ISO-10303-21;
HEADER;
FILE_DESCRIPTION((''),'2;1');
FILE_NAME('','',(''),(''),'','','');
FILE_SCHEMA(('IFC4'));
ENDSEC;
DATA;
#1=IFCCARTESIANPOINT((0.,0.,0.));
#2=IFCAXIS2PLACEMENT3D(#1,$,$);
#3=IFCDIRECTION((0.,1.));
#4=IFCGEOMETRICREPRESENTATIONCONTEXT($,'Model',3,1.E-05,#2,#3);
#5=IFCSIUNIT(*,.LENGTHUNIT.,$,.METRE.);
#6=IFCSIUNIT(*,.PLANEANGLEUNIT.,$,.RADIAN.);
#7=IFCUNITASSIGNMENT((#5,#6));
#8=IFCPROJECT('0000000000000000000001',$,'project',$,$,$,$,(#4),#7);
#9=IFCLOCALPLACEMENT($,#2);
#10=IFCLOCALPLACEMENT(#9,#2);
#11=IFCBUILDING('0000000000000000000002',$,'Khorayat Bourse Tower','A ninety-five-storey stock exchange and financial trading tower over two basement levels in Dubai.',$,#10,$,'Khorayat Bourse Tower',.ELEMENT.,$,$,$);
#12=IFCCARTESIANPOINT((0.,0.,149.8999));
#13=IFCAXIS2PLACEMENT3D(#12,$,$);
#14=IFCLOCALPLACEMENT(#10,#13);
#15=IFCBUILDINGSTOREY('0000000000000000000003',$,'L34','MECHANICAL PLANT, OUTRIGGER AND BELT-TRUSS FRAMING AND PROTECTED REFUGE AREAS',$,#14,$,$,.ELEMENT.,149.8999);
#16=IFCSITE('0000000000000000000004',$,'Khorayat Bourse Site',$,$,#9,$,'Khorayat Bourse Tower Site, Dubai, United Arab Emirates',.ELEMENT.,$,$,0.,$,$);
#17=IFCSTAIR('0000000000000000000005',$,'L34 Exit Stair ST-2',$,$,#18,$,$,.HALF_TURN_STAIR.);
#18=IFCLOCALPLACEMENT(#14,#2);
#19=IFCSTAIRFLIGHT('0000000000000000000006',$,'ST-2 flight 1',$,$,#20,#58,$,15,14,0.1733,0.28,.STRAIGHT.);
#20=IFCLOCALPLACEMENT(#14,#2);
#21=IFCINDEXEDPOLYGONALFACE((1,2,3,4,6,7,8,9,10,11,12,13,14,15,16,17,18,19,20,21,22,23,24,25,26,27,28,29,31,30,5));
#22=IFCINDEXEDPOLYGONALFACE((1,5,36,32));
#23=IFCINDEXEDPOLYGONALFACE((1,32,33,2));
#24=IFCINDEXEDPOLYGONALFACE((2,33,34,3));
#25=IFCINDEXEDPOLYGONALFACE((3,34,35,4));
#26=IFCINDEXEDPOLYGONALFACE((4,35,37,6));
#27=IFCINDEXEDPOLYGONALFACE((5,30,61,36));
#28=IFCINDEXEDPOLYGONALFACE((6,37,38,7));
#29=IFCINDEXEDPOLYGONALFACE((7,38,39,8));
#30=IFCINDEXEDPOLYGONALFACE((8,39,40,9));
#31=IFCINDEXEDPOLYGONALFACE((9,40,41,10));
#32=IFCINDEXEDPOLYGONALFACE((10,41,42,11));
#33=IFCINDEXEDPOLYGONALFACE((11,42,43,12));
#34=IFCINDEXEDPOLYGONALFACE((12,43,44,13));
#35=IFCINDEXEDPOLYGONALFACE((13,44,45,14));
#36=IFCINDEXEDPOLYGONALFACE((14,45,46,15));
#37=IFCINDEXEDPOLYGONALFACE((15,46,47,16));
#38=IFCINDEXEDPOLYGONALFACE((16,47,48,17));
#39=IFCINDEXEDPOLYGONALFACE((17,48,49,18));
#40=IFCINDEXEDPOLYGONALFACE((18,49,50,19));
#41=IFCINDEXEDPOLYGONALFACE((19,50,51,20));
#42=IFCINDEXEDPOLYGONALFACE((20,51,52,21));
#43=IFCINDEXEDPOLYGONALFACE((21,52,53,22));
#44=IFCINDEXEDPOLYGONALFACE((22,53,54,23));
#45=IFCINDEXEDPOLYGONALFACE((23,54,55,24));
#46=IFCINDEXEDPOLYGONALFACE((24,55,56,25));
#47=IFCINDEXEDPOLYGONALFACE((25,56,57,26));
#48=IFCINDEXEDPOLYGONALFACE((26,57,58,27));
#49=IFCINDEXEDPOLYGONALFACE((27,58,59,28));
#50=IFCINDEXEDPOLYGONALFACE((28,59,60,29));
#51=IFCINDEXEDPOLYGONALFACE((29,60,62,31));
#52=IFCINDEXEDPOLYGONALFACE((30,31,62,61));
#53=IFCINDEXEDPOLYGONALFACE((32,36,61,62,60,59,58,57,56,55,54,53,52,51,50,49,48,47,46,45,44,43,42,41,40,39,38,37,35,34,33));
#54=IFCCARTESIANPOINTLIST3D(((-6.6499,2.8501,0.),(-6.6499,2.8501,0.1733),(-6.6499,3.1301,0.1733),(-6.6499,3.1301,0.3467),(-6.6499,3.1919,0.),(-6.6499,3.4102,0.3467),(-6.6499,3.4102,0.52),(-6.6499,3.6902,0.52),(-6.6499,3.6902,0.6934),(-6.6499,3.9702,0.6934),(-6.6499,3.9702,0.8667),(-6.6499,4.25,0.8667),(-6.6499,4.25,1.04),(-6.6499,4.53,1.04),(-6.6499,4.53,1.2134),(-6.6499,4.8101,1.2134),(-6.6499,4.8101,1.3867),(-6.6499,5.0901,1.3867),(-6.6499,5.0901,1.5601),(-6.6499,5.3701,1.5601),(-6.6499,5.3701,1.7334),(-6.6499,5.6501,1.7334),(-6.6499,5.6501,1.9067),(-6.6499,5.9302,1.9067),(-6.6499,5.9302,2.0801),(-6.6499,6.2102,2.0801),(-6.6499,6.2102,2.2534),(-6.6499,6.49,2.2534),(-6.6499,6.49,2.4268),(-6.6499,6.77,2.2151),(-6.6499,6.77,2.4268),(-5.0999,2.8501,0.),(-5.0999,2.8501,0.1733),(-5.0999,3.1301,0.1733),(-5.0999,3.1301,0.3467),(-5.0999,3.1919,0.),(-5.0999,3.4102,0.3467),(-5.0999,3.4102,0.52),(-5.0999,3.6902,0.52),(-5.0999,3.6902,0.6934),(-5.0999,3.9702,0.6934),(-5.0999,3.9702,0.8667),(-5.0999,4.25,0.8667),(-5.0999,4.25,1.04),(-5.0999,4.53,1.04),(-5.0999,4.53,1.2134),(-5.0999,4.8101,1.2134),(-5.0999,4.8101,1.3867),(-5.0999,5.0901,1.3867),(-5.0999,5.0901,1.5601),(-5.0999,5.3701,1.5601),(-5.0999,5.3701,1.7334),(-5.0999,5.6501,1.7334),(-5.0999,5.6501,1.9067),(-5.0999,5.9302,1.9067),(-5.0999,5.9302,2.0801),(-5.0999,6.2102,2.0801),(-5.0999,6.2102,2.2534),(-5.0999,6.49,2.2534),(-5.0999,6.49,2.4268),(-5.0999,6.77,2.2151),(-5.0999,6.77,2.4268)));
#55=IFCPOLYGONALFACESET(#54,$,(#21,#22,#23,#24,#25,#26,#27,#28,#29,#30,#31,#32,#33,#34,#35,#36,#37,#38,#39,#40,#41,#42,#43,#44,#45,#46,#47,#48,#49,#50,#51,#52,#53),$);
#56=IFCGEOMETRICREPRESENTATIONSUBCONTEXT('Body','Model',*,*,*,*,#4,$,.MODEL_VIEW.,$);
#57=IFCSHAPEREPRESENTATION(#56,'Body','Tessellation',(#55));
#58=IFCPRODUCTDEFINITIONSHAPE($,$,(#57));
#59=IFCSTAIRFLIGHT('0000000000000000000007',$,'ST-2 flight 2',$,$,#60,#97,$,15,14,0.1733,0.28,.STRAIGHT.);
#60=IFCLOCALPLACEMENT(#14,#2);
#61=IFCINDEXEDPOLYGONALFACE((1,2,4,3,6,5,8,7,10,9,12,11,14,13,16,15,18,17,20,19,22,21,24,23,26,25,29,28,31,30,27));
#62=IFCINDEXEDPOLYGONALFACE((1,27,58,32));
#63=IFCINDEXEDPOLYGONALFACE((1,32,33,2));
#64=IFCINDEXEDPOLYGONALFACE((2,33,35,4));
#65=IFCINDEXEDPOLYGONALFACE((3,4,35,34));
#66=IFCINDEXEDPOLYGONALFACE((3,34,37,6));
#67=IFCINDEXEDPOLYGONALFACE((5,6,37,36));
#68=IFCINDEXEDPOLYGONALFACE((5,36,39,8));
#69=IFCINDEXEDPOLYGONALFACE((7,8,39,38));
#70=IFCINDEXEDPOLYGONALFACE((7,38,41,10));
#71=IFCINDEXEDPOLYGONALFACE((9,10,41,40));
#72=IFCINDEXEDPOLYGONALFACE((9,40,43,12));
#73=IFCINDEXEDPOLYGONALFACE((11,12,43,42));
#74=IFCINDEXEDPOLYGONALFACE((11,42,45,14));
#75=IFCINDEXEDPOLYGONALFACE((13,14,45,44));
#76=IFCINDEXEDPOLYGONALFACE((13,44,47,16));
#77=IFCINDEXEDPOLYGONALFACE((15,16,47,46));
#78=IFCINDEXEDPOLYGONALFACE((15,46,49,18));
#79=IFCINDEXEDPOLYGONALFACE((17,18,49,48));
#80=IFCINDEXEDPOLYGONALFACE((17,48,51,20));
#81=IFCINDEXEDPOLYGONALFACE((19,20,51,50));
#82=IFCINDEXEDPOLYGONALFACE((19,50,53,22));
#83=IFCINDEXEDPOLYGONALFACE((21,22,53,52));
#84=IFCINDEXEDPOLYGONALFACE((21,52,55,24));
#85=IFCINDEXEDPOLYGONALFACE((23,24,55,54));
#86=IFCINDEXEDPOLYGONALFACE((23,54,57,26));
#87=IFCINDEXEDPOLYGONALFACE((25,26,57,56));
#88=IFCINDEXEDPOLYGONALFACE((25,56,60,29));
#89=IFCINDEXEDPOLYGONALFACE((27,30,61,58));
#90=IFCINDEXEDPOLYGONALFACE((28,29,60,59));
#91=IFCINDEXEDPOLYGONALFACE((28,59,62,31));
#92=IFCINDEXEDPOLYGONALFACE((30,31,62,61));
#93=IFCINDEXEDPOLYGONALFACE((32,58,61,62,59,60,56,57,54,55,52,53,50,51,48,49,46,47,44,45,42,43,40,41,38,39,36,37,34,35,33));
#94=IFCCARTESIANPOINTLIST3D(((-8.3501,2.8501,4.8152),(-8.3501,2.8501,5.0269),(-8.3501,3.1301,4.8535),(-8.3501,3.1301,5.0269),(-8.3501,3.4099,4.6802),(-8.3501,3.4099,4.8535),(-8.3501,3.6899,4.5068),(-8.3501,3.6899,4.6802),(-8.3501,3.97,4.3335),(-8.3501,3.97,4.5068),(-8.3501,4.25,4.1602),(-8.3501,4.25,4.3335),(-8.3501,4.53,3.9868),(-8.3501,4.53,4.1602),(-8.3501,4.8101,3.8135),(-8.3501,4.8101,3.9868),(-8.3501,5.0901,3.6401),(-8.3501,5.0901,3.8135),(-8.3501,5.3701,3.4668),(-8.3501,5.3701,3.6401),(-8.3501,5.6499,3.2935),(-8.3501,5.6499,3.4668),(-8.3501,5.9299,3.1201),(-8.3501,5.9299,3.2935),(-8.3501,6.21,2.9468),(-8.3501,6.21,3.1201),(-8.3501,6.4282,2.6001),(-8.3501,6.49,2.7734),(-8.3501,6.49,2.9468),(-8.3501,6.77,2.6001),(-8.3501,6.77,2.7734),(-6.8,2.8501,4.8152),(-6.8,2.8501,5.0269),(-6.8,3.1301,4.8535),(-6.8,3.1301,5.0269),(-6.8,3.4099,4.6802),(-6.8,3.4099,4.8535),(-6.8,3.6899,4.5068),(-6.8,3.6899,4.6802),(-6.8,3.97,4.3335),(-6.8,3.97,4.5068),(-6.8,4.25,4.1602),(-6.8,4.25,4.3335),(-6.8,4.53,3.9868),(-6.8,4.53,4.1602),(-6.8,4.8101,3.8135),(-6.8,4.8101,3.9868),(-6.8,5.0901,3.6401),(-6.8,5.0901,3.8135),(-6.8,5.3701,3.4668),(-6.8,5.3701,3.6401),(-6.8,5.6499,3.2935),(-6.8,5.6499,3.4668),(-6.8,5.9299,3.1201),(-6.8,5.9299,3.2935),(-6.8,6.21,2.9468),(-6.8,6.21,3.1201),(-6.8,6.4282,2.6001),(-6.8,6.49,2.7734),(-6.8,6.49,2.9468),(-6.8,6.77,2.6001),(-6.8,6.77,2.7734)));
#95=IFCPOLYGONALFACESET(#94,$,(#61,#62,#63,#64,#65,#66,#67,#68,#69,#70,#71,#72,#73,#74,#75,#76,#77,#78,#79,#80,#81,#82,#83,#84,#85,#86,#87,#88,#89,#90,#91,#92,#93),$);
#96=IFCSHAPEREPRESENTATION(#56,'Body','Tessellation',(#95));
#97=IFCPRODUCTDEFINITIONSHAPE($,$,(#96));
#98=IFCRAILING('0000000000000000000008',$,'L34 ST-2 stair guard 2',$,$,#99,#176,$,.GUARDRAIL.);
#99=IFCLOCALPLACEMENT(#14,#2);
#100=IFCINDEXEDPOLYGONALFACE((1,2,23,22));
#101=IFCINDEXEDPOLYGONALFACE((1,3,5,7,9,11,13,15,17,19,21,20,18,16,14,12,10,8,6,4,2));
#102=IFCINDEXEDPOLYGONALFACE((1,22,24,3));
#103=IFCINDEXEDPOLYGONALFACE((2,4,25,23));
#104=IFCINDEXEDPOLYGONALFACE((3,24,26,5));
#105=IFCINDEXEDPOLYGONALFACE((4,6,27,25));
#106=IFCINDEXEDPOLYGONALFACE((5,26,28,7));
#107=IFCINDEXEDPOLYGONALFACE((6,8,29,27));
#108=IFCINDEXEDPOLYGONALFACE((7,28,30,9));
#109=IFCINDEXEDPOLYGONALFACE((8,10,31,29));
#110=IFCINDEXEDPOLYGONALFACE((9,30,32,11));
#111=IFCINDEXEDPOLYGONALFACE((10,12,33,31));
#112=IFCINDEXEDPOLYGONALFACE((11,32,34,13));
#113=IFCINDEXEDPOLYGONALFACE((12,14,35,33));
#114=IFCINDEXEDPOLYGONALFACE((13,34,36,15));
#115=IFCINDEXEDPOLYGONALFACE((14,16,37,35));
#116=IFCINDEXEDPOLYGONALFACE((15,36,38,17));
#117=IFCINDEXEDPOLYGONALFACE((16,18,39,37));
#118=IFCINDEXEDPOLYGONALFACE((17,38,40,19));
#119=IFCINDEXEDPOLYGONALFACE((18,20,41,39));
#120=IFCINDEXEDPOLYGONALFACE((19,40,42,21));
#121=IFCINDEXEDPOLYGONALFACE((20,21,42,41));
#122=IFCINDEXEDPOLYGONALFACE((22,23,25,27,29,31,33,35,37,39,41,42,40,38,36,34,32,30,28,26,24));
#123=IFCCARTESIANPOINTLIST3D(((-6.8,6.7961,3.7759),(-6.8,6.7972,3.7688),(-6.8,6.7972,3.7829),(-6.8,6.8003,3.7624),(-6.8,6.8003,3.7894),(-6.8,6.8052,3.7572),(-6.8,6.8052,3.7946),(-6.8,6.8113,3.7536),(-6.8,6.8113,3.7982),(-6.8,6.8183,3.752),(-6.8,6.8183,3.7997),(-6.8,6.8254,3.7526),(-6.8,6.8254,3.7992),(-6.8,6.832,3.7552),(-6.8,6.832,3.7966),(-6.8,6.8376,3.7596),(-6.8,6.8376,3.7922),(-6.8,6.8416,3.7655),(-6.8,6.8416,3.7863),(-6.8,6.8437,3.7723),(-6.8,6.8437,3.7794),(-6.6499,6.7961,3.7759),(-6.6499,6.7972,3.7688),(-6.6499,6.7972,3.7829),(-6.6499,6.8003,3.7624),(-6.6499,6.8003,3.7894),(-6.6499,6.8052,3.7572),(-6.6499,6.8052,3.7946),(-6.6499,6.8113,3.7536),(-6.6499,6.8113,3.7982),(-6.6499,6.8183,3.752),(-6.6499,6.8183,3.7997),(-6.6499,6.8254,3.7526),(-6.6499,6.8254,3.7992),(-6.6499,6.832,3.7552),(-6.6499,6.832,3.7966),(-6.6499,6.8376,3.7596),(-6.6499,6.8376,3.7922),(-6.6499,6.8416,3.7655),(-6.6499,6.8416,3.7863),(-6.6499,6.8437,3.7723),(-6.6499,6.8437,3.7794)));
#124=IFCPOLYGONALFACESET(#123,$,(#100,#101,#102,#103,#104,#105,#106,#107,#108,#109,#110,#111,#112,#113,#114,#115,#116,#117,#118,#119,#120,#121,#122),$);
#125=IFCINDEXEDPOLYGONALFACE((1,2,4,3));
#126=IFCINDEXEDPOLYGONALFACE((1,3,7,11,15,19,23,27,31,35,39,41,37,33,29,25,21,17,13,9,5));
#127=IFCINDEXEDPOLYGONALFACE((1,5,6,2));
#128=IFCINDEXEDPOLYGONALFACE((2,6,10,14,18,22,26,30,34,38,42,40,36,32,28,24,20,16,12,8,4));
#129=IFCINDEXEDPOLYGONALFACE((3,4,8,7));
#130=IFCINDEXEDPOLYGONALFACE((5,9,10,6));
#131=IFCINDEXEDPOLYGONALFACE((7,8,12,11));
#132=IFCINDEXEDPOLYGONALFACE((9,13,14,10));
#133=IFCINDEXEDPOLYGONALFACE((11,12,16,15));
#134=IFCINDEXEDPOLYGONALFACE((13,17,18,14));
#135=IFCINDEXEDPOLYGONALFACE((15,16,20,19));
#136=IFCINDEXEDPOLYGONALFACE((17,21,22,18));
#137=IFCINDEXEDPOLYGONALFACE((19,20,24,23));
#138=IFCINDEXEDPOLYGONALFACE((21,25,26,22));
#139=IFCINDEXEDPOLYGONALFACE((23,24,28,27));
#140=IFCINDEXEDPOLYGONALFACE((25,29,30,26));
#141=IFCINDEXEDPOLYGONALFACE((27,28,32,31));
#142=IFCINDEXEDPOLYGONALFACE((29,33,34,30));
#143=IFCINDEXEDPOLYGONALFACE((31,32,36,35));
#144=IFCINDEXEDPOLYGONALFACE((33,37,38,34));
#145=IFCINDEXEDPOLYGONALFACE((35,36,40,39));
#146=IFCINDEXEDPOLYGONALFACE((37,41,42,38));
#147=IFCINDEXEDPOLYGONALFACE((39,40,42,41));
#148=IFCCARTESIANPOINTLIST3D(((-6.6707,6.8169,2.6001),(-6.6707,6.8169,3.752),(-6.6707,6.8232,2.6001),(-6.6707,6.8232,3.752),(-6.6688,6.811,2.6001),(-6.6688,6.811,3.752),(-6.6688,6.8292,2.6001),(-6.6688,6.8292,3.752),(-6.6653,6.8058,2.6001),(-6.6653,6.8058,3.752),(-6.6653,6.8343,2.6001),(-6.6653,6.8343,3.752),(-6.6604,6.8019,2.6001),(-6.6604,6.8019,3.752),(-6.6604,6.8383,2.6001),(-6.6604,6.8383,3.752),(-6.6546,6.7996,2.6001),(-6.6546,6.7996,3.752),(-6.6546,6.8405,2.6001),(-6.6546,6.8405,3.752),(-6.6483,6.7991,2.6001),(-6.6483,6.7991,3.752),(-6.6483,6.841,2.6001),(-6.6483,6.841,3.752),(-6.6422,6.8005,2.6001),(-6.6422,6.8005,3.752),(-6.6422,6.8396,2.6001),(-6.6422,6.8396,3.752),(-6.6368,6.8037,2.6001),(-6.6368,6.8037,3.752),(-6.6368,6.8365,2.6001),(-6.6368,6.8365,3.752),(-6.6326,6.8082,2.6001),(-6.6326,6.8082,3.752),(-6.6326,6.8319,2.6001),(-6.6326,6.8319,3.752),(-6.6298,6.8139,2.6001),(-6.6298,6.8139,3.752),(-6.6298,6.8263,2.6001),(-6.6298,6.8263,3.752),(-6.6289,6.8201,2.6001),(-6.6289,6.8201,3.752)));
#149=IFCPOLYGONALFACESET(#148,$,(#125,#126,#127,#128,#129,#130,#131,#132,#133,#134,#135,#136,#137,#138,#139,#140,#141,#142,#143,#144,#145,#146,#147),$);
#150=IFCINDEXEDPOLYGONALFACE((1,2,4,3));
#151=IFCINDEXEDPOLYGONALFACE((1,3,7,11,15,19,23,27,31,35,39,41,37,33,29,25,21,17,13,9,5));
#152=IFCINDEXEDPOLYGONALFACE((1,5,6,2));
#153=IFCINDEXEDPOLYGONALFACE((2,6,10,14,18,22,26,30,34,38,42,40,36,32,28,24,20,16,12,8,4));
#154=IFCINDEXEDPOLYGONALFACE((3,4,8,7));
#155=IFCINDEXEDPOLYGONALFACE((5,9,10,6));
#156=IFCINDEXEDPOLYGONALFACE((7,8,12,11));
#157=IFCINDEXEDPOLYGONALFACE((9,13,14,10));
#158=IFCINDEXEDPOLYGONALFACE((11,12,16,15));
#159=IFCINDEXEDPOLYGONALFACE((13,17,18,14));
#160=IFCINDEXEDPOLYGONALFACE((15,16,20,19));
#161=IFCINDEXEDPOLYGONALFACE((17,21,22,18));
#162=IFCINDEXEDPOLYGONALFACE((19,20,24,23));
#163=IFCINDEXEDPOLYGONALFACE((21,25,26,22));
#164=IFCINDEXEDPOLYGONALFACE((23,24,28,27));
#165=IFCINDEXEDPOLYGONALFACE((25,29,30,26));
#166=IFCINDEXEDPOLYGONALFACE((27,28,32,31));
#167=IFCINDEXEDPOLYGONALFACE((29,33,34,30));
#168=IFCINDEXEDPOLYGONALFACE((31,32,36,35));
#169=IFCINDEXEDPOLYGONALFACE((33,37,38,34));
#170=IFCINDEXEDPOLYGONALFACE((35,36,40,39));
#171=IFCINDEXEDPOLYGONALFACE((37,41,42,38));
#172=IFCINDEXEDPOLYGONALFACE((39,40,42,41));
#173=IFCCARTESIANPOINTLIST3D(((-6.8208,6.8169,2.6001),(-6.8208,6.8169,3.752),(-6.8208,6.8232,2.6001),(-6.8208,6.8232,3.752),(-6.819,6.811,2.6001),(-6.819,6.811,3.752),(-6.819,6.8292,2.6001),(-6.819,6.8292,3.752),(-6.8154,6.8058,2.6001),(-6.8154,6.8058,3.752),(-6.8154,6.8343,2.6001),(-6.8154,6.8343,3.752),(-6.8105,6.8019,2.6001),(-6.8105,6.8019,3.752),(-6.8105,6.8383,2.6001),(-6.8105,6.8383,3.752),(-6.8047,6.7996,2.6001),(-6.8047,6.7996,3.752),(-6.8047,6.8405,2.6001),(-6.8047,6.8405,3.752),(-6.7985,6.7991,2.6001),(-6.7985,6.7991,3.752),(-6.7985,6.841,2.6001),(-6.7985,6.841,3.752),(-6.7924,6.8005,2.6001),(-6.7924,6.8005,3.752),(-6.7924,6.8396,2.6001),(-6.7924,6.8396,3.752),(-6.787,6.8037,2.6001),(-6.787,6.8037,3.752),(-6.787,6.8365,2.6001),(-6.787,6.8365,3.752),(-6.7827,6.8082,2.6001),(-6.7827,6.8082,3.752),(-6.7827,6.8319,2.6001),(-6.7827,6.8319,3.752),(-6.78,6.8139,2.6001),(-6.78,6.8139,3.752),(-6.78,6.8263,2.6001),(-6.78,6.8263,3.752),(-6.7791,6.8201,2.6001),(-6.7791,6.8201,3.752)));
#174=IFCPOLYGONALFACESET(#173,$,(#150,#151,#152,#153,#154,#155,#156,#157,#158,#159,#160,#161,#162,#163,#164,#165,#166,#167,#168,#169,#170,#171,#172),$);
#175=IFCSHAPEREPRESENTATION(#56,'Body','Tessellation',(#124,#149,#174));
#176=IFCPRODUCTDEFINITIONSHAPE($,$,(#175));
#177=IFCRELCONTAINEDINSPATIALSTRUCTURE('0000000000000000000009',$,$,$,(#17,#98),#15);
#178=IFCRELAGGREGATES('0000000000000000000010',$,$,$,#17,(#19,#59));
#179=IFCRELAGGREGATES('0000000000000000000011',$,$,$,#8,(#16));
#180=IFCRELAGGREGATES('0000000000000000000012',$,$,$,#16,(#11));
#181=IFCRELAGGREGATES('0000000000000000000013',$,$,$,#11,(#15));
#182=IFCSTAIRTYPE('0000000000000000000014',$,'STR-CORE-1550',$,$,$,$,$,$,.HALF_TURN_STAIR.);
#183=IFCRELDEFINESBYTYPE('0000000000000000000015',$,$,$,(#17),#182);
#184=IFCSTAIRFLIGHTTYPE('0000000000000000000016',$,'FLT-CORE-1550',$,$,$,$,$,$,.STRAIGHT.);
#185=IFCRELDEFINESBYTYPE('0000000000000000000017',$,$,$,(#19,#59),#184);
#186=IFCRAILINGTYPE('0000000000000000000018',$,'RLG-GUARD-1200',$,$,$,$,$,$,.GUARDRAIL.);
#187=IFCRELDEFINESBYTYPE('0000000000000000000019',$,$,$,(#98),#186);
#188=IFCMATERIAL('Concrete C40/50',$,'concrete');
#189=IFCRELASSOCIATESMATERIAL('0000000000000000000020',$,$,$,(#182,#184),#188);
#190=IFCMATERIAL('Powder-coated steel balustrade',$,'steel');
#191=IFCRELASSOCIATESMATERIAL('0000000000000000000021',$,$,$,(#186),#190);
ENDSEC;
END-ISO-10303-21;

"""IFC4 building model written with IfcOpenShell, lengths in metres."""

from ifc_helpers import new_model, si_unit, direction, frame, origin, origin_2d, place, context, subcontext, project, spatial, polyline, circle, outline, extrude, source, transform, mapped, material, type_object, element, aggregate, save


model = new_model("IFC4")

# Units and contexts
model_context = context("Model", 3, precision=1e-05, world=origin(), true_north=direction((0.0, 1.0)))
body_context = subcontext(model_context, "Body", "Model", "MODEL_VIEW")
ifc_project = project(units=[si_unit("LENGTHUNIT", "METRE"), si_unit("PLANEANGLEUNIT", "RADIAN")], contexts=[model_context])

# Site, building, storey
site_placement = place(None, origin())
site = spatial("IfcSite", under=ifc_project, at=site_placement, Name="Khorayat Bourse Site", LongName="Khorayat Bourse Tower Site, Dubai, United Arab Emirates", CompositionType="ELEMENT", RefElevation=0.0)
building_placement = place(site_placement, origin())
building = spatial("IfcBuilding", under=site, at=building_placement, Name="Khorayat Bourse Tower", Description="A ninety-five-storey stock exchange and financial trading tower over two basement levels in Dubai.", LongName="Khorayat Bourse Tower", CompositionType="ELEMENT")
storey_placement = place(building_placement, frame((0.0, 0.0, 149.8999)))
storey = spatial("IfcBuildingStorey", under=building, at=storey_placement, Name="L34", Description="MECHANICAL PLANT, OUTRIGGER AND BELT-TRUSS FRAMING AND PROTECTED REFUGE AREAS", CompositionType="ELEMENT", Elevation=149.8999)

# Stair, stair flights
ifc_material_1 = material(Name="Concrete C40/50", Category="concrete")
stair_type = type_object("IfcStairType", Name="STR-CORE-1550", PredefinedType="HALF_TURN_STAIR", material=ifc_material_1)
stair_placement = place(storey_placement, origin())
stair = element("IfcStair", 1, at=stair_placement, inside=storey, type_object=stair_type, Name="L34 Exit Stair ST-2", PredefinedType="HALF_TURN_STAIR")
stair_flight_type = type_object("IfcStairFlightType", Name="FLT-CORE-1550", PredefinedType="STRAIGHT", material=ifc_material_1)
shared_shape_1 = source(origin(), body_context, "Body", "SweptSolid", [
    extrude(outline(polyline([(0.0, 0.0), (0.0, 0.1733), (0.28, 0.1733), (0.28, 0.3467), (0.5601, 0.3467), (0.5601, 0.52), (0.8401, 0.52), (0.8401, 0.6934), (1.1201, 0.6934), (1.1201, 0.8667), (1.3999, 0.8667), (1.3999, 1.04), (1.6799, 1.04), (1.6799, 1.2134), (1.96, 1.2134), (1.96, 1.3867), (2.24, 1.3867), (2.24, 1.5601), (2.52, 1.5601), (2.52, 1.7334), (2.8, 1.7334), (2.8, 1.9067), (3.0801, 1.9067), (3.0801, 2.0801), (3.3601, 2.0801), (3.3601, 2.2534), (3.6399, 2.2534), (3.6399, 2.4268), (3.9199, 2.4268), (3.9199, 2.6001), (3.9199, 2.2151), (0.3418, 0.0), (0.0, 0.0)])), frame((0.0, 0.7749, 0.0), z_axis=(0.0, -1.0, 0.0), x_axis=(1.0, 0.0, 0.0)), (0.0, 0.0, 1.0), 1.55),
])
stair_flight_1_placement = place(storey_placement, frame((-5.875, 2.8501, 0.0), z_axis=(0.0, 0.0, 1.0), x_axis=(0.0, 1.0, 0.0)))
stair_flight_1 = element("IfcStairFlight", 2, at=stair_flight_1_placement, type_object=stair_flight_type, Name="ST-2 flight 1", NumberOfRisers=15, NumberOfTreads=14, PredefinedType="STRAIGHT", RiserHeight=0.1733, TreadLength=0.28, context=body_context, shape_type="MappedRepresentation", body=[
    mapped(shared_shape_1, transform((0.0, 0.0, 0.0), scale=1.0)),
])
stair_flight_2_placement = place(storey_placement, frame((-7.575, 6.77, 2.6001), z_axis=(0.0, 0.0, 1.0), x_axis=(0.0, -1.0, 0.0)))
stair_flight_2 = element("IfcStairFlight", 3, at=stair_flight_2_placement, type_object=stair_flight_type, Name="ST-2 flight 2", NumberOfRisers=15, NumberOfTreads=14, PredefinedType="STRAIGHT", RiserHeight=0.1733, TreadLength=0.28, context=body_context, shape_type="MappedRepresentation", body=[
    mapped(shared_shape_1, transform((0.0, 0.0, 0.0), scale=1.0)),
])
aggregate(stair, [stair_flight_1, stair_flight_2])

# Railing
ifc_material_2 = material(Name="Powder-coated steel balustrade", Category="steel")
railing_type_1 = type_object("IfcRailingType", Name="RLG-GUARD-1200", PredefinedType="GUARDRAIL", material=ifc_material_2)
shared_shape_2 = source(origin(), body_context, "Body", "SweptSolid", [
    extrude(circle(Radius=0.0239, at=origin_2d()), frame((0.0, 0.0, 1.1758), z_axis=(-1.0, 0.0, 0.0), x_axis=(0.0, -1.0, 0.0)), (0.0, 0.0, 1.0), 0.1501),
    extrude(circle(Radius=0.021, at=origin_2d()), origin(), (0.0, 0.0, 1.0), 1.1519),
    extrude(circle(Radius=0.021, at=origin_2d()), frame((-0.1501, 0.0, 0.0)), (0.0, 0.0, 1.0), 1.1519),
])
for number, where, name in (
    (4, (-6.6499, 6.8201, 2.6001), "L34 ST-2 stair guard 2"),
):
    element("IfcRailing", number, at=place(storey_placement, frame(where)), inside=storey, type_object=railing_type_1, Name=name, PredefinedType="GUARDRAIL", context=body_context, shape_type="MappedRepresentation", body=[
        mapped(shared_shape_2, transform((0.0, 0.0, 0.0), scale=1.0)),
    ])

save(model, "model.ifc")
